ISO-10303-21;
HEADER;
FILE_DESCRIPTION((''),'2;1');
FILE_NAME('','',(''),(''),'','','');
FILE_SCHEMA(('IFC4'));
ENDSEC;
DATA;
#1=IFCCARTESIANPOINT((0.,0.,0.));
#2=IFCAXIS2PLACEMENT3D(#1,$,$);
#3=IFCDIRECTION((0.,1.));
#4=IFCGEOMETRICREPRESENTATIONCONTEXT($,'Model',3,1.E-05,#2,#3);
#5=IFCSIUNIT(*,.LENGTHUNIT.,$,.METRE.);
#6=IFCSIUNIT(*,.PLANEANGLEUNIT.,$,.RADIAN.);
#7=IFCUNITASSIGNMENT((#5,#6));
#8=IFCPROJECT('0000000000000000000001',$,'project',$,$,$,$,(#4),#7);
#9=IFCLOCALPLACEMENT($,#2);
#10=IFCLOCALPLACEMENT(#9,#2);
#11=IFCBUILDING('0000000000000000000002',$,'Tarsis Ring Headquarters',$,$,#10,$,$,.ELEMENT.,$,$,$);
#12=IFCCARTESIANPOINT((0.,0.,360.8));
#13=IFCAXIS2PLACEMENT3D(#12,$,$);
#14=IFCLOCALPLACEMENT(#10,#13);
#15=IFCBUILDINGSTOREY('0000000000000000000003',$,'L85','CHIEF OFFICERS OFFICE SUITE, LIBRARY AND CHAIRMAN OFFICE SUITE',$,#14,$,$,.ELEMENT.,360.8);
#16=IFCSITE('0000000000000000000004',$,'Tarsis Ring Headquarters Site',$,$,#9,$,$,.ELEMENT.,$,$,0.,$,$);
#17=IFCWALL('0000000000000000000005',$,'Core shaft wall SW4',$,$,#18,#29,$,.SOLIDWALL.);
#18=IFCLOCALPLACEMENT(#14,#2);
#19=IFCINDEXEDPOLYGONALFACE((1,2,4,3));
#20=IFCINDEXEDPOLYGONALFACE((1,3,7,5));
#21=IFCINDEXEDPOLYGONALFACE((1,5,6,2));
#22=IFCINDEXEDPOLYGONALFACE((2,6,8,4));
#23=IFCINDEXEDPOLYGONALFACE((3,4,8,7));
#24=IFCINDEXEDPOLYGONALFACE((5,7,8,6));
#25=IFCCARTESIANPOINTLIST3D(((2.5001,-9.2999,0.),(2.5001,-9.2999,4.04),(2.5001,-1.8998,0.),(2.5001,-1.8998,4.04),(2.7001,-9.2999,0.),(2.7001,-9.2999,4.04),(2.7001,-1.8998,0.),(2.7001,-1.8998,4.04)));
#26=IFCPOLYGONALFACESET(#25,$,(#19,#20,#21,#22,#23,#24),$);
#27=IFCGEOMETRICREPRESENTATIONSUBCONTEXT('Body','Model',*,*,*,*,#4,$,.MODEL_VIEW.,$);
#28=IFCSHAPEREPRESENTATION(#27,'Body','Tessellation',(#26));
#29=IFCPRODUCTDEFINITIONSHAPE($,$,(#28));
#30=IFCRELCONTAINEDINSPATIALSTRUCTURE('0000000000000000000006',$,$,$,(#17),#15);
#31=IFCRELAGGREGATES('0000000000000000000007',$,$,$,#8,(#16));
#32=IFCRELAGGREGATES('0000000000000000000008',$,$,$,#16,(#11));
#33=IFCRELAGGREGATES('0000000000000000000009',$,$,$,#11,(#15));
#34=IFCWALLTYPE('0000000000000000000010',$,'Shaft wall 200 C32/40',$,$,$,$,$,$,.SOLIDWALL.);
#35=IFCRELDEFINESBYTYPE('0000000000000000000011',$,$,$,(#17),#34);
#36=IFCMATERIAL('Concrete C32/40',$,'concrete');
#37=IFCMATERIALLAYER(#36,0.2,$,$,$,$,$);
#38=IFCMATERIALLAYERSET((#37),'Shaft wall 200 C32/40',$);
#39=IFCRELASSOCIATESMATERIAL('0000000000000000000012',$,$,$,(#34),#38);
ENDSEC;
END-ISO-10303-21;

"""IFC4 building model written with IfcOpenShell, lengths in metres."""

from ifc_helpers import new_model, si_unit, direction, frame, frame_2d, origin, place, context, subcontext, project, spatial, rectangle, extrude, material, layer, layer_set, type_object, element, save


model = new_model("IFC4")

# Units and contexts
model_context = context("Model", 3, precision=1e-05, world=origin(), true_north=direction((0.0, 1.0)))
body_context = subcontext(model_context, "Body", "Model", "MODEL_VIEW")
ifc_project = project(units=[si_unit("LENGTHUNIT", "METRE"), si_unit("PLANEANGLEUNIT", "RADIAN")], contexts=[model_context])

# Site, building, storey
site_placement = place(None, origin())
site = spatial("IfcSite", under=ifc_project, at=site_placement, Name="Tarsis Ring Headquarters Site", CompositionType="ELEMENT", RefElevation=0.0)
building_placement = place(site_placement, origin())
building = spatial("IfcBuilding", under=site, at=building_placement, Name="Tarsis Ring Headquarters", CompositionType="ELEMENT")
storey_placement = place(building_placement, frame((0.0, 0.0, 360.8)))
storey = spatial("IfcBuildingStorey", under=building, at=storey_placement, Name="L85", Description="CHIEF OFFICERS OFFICE SUITE, LIBRARY AND CHAIRMAN OFFICE SUITE", CompositionType="ELEMENT", Elevation=360.8)

# Shared definitions
ifc_material_1 = material(Name="Concrete C32/40", Category="concrete")

# Shared definitions
ifc_layer_1 = layer(ifc_material_1, 0.2)
ifc_layer_set_1 = layer_set([ifc_layer_1], Name="Shaft wall 200 C32/40")
wall_type_1 = type_object("IfcWallType", Name="Shaft wall 200 C32/40", PredefinedType="SOLIDWALL", material=ifc_layer_set_1)

# Wall
for number, where, z_axis, x_axis, name in (
    (1, (2.6001, -9.3, 0.0), (0.0, 0.0, 1.0), (0.0, 1.0, 0.0), "Core shaft wall SW4"),
):
    element("IfcWall", number, at=place(storey_placement, frame(where, z_axis=z_axis, x_axis=x_axis)), inside=storey, type_object=wall_type_1, Name=name, PredefinedType="SOLIDWALL", context=body_context, shape_type="SweptSolid", body=[
        extrude(rectangle(XDim=7.4001, YDim=0.2, at=frame_2d((3.7002, 0.0))), origin(), (0.0, 0.0, 1.0), 4.04),
    ])

save(model, "model.ifc")
